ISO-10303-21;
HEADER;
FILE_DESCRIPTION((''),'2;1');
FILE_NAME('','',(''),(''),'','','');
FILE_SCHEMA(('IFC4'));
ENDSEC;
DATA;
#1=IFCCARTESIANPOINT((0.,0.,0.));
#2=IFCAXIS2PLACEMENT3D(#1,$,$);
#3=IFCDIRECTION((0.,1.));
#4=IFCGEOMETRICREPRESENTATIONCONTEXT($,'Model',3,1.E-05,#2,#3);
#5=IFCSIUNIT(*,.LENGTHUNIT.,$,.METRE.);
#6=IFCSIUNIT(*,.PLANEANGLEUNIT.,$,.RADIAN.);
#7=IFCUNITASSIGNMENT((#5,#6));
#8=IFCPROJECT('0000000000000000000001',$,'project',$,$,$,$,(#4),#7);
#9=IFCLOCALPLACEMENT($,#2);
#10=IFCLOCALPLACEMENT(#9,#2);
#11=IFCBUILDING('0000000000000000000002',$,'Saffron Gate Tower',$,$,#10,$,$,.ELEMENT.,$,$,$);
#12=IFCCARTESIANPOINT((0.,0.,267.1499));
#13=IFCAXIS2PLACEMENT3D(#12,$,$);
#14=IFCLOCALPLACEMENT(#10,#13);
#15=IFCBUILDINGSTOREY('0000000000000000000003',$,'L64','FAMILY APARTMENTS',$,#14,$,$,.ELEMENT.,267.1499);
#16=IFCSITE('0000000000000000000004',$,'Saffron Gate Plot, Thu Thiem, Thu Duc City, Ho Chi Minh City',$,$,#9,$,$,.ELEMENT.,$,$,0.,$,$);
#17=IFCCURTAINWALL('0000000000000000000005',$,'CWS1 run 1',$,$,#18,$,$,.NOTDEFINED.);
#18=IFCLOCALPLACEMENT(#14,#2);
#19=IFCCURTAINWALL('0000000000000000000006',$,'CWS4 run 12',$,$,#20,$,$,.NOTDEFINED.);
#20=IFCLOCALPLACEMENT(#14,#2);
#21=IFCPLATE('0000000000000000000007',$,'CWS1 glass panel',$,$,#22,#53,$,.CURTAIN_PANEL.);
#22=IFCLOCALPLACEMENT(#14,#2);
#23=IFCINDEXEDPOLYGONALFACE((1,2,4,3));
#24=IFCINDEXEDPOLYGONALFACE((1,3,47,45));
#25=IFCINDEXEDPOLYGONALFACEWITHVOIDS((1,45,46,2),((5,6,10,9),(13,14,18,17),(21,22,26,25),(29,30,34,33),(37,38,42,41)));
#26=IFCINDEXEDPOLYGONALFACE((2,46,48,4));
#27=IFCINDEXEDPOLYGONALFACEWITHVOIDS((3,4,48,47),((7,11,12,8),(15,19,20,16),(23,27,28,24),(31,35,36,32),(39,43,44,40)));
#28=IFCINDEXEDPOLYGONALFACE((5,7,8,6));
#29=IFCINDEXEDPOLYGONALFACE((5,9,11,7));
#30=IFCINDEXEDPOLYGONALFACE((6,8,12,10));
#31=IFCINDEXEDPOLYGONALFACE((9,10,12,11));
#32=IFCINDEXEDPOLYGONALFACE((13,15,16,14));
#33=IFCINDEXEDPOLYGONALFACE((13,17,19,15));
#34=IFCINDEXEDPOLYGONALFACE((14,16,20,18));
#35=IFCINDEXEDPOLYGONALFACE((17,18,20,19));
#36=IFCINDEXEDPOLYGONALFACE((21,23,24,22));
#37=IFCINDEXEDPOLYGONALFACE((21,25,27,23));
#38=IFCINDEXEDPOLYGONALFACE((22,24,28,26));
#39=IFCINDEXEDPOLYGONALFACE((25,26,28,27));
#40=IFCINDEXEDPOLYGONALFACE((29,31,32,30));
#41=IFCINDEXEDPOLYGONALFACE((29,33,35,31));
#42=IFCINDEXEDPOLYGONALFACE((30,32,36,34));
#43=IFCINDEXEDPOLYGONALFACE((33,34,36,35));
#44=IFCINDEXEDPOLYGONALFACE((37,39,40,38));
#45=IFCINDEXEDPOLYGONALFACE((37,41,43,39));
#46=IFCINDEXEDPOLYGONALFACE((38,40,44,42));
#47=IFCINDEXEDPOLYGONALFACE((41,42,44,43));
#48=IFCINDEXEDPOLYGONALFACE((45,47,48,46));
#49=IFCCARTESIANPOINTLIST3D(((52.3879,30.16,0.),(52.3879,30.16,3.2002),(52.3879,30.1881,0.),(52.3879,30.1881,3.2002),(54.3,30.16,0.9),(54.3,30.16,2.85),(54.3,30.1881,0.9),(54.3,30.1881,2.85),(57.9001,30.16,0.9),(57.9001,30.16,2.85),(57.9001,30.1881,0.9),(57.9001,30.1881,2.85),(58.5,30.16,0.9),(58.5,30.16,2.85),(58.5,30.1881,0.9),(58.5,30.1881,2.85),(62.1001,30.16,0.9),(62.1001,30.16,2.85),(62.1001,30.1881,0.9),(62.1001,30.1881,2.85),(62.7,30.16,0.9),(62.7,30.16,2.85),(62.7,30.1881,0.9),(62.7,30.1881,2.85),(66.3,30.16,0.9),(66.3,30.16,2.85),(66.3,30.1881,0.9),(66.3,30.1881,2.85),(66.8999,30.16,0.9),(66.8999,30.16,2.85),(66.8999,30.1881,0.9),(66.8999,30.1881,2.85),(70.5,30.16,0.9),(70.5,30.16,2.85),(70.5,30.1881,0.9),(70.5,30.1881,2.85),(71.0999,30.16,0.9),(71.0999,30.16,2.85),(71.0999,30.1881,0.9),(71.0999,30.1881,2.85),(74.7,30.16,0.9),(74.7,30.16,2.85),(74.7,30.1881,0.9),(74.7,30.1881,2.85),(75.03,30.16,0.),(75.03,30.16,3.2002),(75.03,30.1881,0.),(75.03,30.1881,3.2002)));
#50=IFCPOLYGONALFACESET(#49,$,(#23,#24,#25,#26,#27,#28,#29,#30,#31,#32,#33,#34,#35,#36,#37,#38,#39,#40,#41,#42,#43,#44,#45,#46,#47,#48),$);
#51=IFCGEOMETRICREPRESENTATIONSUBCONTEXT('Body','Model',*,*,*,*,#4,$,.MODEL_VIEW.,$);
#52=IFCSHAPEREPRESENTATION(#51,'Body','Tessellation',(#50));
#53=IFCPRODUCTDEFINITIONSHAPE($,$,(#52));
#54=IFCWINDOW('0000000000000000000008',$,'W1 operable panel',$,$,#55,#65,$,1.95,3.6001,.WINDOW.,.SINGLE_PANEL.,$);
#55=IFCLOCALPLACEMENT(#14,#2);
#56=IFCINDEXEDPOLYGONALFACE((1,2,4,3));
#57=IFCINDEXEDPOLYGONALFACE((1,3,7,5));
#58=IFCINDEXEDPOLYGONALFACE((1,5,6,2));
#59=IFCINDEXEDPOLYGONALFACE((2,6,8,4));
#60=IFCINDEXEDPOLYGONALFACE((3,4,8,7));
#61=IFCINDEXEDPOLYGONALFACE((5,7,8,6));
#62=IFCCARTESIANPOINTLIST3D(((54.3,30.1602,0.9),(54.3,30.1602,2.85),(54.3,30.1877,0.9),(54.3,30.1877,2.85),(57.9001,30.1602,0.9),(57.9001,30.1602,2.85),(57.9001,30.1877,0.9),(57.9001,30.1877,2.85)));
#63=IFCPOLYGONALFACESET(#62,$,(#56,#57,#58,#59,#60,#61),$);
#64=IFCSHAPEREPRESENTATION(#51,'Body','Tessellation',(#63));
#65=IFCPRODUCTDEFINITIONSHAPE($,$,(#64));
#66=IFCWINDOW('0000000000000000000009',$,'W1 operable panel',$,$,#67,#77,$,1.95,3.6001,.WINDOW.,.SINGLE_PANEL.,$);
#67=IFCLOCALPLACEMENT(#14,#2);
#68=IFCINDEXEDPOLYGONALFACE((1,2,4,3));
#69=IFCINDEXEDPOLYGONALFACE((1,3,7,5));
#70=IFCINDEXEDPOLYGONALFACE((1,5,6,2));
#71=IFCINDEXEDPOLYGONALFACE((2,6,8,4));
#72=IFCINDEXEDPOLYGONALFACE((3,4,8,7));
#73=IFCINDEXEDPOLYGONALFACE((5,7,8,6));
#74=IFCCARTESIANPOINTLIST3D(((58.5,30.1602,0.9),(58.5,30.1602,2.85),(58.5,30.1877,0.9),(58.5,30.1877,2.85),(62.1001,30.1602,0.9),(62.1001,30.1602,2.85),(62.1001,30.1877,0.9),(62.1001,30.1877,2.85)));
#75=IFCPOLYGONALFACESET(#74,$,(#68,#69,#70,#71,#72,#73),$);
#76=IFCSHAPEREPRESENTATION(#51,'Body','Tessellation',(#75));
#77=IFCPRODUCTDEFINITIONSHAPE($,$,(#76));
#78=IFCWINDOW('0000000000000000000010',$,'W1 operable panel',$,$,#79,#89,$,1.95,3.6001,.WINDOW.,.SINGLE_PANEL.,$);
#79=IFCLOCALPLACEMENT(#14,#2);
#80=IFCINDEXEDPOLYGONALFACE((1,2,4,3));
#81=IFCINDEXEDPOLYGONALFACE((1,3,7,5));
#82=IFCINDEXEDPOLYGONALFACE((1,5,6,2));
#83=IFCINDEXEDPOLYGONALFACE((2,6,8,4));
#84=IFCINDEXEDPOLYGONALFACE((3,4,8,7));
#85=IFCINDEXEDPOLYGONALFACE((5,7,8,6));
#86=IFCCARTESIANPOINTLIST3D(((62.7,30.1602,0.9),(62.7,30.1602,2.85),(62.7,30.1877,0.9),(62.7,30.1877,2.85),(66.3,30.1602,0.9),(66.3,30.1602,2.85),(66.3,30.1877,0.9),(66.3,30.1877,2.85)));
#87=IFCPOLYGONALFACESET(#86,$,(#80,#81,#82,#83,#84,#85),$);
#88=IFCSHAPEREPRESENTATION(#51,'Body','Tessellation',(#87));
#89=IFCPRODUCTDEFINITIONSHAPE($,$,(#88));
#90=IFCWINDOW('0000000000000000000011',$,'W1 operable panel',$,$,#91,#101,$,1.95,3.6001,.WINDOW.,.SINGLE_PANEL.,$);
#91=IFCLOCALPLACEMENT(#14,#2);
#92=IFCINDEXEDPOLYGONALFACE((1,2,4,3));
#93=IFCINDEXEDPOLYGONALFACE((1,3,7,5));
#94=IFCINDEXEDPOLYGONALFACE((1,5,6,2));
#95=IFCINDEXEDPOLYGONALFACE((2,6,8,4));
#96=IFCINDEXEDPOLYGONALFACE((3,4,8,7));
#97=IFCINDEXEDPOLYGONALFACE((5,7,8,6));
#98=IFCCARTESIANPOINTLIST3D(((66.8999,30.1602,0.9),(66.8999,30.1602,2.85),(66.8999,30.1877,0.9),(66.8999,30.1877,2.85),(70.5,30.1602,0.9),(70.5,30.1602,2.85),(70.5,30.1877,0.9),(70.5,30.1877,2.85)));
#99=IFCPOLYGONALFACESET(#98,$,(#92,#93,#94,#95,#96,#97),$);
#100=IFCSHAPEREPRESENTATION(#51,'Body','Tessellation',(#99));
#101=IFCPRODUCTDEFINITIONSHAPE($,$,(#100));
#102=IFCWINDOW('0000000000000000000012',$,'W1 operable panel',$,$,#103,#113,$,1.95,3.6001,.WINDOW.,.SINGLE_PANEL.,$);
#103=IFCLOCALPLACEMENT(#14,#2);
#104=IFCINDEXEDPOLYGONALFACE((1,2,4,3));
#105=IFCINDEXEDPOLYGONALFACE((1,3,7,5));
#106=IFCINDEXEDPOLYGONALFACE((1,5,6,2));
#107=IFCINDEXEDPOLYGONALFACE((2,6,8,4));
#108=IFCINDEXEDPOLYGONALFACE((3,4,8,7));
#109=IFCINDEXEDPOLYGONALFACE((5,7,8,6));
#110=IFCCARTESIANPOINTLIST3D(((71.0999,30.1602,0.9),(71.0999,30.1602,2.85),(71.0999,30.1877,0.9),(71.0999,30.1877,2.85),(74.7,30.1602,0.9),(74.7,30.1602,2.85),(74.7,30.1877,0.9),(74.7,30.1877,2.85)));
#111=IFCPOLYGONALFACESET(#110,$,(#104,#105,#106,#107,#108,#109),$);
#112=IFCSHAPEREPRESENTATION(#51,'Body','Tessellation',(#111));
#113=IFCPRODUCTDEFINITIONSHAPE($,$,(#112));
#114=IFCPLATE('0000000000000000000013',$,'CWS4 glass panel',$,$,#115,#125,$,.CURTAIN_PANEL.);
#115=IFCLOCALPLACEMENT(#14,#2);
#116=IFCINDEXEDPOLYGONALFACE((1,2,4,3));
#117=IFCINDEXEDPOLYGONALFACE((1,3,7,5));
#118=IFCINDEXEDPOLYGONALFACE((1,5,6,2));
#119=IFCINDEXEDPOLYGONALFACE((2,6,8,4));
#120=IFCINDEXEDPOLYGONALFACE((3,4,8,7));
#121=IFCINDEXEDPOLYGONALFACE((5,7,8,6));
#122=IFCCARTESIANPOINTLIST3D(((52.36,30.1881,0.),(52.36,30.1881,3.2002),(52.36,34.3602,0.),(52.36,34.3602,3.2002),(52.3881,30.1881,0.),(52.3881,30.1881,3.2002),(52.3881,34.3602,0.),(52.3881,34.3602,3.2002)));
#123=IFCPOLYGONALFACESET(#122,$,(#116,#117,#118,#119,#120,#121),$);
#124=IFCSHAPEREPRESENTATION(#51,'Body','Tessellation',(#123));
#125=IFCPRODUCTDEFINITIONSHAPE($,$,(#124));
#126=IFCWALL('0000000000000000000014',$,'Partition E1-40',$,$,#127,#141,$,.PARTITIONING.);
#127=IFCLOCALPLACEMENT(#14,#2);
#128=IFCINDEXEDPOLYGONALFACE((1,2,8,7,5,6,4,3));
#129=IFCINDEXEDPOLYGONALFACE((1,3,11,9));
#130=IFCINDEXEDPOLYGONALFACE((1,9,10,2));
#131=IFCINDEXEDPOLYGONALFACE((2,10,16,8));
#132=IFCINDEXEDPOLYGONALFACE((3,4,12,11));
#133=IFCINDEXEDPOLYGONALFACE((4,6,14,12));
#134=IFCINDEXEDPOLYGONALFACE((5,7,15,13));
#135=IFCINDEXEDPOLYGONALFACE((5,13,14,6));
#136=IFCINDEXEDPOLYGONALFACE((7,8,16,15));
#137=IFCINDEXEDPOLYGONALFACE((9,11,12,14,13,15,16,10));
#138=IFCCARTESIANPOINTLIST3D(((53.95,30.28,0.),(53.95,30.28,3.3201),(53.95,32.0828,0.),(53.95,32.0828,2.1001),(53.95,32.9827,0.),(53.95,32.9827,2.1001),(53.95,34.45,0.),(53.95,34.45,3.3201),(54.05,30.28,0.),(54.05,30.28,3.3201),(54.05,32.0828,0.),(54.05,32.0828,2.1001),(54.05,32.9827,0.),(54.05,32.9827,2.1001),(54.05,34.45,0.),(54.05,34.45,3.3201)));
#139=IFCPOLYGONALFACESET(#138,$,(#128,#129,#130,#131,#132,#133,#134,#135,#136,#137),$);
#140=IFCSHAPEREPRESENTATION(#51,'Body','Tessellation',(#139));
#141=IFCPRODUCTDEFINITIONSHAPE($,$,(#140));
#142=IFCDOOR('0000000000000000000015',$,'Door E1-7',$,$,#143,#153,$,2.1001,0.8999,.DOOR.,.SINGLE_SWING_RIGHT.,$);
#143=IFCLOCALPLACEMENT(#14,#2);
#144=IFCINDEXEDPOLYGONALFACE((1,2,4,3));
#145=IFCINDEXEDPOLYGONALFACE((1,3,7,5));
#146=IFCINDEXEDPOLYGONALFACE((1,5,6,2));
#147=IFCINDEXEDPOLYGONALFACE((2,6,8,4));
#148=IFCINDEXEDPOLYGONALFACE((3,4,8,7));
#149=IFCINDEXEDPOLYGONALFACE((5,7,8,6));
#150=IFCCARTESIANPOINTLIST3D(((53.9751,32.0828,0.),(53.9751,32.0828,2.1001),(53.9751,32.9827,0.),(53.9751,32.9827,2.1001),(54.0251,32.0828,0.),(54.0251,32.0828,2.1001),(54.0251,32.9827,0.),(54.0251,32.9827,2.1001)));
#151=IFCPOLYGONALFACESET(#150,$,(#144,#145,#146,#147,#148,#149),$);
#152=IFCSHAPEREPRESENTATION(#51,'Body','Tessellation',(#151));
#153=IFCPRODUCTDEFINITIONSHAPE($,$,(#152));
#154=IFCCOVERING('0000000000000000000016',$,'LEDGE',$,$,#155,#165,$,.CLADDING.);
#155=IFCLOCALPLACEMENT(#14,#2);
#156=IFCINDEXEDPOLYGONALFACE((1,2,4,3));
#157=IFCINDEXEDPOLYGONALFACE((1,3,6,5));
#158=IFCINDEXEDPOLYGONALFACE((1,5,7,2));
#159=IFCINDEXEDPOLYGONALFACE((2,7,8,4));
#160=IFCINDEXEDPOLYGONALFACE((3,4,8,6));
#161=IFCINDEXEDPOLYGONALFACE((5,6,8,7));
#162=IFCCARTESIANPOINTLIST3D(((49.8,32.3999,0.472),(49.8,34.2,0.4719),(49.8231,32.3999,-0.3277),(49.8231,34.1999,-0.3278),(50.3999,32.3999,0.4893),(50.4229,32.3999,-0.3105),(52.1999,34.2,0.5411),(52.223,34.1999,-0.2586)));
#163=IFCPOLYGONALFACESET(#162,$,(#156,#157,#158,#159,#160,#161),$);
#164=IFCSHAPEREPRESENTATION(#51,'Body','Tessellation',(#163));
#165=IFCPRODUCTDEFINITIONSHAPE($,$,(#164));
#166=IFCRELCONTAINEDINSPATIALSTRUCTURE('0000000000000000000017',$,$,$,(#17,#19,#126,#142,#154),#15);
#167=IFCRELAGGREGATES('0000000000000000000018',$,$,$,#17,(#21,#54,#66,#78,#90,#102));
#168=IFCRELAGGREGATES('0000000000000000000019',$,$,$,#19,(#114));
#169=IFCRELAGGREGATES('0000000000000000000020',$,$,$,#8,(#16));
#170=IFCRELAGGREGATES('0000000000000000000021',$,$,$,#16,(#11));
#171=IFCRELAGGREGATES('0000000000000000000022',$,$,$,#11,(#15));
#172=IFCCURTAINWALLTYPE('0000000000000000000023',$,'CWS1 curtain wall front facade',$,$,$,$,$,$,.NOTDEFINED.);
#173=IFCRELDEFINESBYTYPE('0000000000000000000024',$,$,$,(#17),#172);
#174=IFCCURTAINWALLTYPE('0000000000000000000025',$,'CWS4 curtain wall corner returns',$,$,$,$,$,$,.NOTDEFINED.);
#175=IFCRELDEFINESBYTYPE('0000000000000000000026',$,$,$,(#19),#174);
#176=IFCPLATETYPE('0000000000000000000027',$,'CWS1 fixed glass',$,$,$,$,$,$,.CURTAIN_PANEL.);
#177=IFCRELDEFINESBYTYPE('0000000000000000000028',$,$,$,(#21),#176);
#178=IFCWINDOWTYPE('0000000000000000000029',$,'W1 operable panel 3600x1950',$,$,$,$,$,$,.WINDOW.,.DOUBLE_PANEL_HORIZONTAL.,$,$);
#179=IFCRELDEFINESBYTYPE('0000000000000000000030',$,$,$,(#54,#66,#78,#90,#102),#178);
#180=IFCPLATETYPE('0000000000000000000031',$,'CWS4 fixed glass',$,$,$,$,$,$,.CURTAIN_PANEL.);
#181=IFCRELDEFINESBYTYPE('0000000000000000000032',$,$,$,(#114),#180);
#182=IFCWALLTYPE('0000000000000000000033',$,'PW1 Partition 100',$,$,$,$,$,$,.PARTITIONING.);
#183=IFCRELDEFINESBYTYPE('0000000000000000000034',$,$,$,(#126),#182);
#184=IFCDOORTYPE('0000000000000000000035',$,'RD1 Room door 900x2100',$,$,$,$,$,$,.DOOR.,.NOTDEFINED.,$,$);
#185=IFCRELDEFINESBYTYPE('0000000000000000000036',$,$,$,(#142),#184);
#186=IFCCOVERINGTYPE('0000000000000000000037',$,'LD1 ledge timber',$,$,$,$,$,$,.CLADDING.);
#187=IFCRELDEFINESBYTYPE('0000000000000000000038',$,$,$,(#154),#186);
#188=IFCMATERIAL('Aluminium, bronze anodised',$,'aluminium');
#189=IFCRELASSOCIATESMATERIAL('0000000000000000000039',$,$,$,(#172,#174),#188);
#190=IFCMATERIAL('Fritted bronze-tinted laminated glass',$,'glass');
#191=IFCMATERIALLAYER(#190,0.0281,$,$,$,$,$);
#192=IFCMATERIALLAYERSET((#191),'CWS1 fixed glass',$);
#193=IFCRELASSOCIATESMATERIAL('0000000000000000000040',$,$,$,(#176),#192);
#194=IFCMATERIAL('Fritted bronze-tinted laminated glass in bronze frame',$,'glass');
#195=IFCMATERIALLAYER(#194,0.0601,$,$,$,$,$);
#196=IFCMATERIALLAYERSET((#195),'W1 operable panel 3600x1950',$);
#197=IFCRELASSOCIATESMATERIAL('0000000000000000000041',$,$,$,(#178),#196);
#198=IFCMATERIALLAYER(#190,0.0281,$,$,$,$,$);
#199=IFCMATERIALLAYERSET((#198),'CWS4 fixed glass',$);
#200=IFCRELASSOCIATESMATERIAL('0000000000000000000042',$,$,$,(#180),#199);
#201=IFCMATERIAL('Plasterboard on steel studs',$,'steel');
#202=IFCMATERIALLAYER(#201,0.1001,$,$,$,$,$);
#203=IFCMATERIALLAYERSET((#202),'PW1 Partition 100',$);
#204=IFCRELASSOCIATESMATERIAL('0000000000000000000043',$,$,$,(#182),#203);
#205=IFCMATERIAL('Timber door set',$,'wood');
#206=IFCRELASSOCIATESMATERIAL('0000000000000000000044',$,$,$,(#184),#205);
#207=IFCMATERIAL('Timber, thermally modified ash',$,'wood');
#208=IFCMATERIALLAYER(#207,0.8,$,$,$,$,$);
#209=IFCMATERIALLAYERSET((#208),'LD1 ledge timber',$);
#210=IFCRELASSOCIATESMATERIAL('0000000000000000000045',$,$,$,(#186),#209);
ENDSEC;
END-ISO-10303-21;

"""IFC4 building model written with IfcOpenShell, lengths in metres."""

from ifc_helpers import new_model, si_unit, direction, frame, frame_2d, origin, place, context, subcontext, project, spatial, polyline, rectangle, outline, extrude, material, layer, layer_set, type_object, element, fill, aggregate, save


model = new_model("IFC4")

# Units and contexts
model_context = context("Model", 3, precision=1e-05, world=origin(), true_north=direction((0.0, 1.0)))
body_context = subcontext(model_context, "Body", "Model", "MODEL_VIEW")
ifc_project = project(units=[si_unit("LENGTHUNIT", "METRE"), si_unit("PLANEANGLEUNIT", "RADIAN")], contexts=[model_context])

# Site, building, storey
site_placement = place(None, origin())
site = spatial("IfcSite", under=ifc_project, at=site_placement, Name="Saffron Gate Plot, Thu Thiem, Thu Duc City, Ho Chi Minh City", CompositionType="ELEMENT", RefElevation=0.0)
building_placement = place(site_placement, origin())
building = spatial("IfcBuilding", under=site, at=building_placement, Name="Saffron Gate Tower", CompositionType="ELEMENT")
storey_placement = place(building_placement, frame((0.0, 0.0, 267.1499)))
storey = spatial("IfcBuildingStorey", under=building, at=storey_placement, Name="L64", Description="FAMILY APARTMENTS", CompositionType="ELEMENT", Elevation=267.1499)

# Curtain wall
ifc_material_1 = material(Name="Aluminium, bronze anodised", Category="aluminium")
curtain_wall_type_1 = type_object("IfcCurtainWallType", Name="CWS1 curtain wall front facade", PredefinedType="NOTDEFINED", material=ifc_material_1)
curtain_wall_1_placement = place(storey_placement, origin())
curtain_wall_1 = element("IfcCurtainWall", 1, at=curtain_wall_1_placement, inside=storey, type_object=curtain_wall_type_1, Name="CWS1 run 1", PredefinedType="NOTDEFINED")

# Curtain wall
curtain_wall_type_2 = type_object("IfcCurtainWallType", Name="CWS4 curtain wall corner returns", PredefinedType="NOTDEFINED", material=ifc_material_1)
curtain_wall_2_placement = place(storey_placement, origin())
curtain_wall_2 = element("IfcCurtainWall", 2, at=curtain_wall_2_placement, inside=storey, type_object=curtain_wall_type_2, Name="CWS4 run 12", PredefinedType="NOTDEFINED")

# Plate, openings, windows
ifc_material_2 = material(Name="Fritted bronze-tinted laminated glass", Category="glass")
ifc_layer_1 = layer(ifc_material_2, 0.0281)
ifc_layer_set_1 = layer_set([ifc_layer_1], Name="CWS1 fixed glass")
plate_type_1 = type_object("IfcPlateType", Name="CWS1 fixed glass", PredefinedType="CURTAIN_PANEL", material=ifc_layer_set_1)
plate_1_placement = place(storey_placement, frame((52.3879, 30.1741, 0.0), z_axis=(0.0, 0.0, 1.0), x_axis=(1.0, 0.0, 0.0)))
plate_1 = element("IfcPlate", 3, at=plate_1_placement, type_object=plate_type_1, Name="CWS1 glass panel", PredefinedType="CURTAIN_PANEL", context=body_context, shape_type="SweptSolid", body=[
    extrude(rectangle(XDim=22.6421, YDim=0.0281, at=frame_2d((11.321, 0.0))), origin(), (0.0, 0.0, 1.0), 3.2002),
])
opening_1_placement = place(plate_1_placement, frame((1.9121, 0.0, 0.8999)))
opening_1 = element("IfcOpeningElement", 4, at=opening_1_placement, cuts=plate_1, PredefinedType="OPENING", context=body_context, shape_type="SweptSolid", body=[
    extrude(rectangle(XDim=3.6001, YDim=1.95, at=frame_2d((1.8, 0.9751))), frame((0.0, 0.0239, 0.0), z_axis=(0.0, -1.0, 0.0), x_axis=(1.0, 0.0, 0.0)), (0.0, 0.0, 1.0), 0.0481),
])
opening_2_placement = place(plate_1_placement, frame((6.1121, 0.0, 0.8999)))
opening_2 = element("IfcOpeningElement", 5, at=opening_2_placement, cuts=plate_1, PredefinedType="OPENING", context=body_context, shape_type="SweptSolid", body=[
    extrude(rectangle(XDim=3.6001, YDim=1.95, at=frame_2d((1.8, 0.9751))), frame((0.0, 0.0239, 0.0), z_axis=(0.0, -1.0, 0.0), x_axis=(1.0, 0.0, 0.0)), (0.0, 0.0, 1.0), 0.0481),
])
opening_3_placement = place(plate_1_placement, frame((10.312, 0.0, 0.8999)))
opening_3 = element("IfcOpeningElement", 6, at=opening_3_placement, cuts=plate_1, PredefinedType="OPENING", context=body_context, shape_type="SweptSolid", body=[
    extrude(rectangle(XDim=3.6001, YDim=1.95, at=frame_2d((1.8, 0.9751))), frame((0.0, 0.0239, 0.0), z_axis=(0.0, -1.0, 0.0), x_axis=(1.0, 0.0, 0.0)), (0.0, 0.0, 1.0), 0.0481),
])
opening_4_placement = place(plate_1_placement, frame((14.512, 0.0, 0.8999)))
opening_4 = element("IfcOpeningElement", 7, at=opening_4_placement, cuts=plate_1, PredefinedType="OPENING", context=body_context, shape_type="SweptSolid", body=[
    extrude(rectangle(XDim=3.6001, YDim=1.95, at=frame_2d((1.8, 0.9751))), frame((0.0, 0.0239, 0.0), z_axis=(0.0, -1.0, 0.0), x_axis=(1.0, 0.0, 0.0)), (0.0, 0.0, 1.0), 0.0481),
])
opening_5_placement = place(plate_1_placement, frame((18.7119, 0.0, 0.8999)))
opening_5 = element("IfcOpeningElement", 8, at=opening_5_placement, cuts=plate_1, PredefinedType="OPENING", context=body_context, shape_type="SweptSolid", body=[
    extrude(rectangle(XDim=3.6001, YDim=1.95, at=frame_2d((1.8, 0.9751))), frame((0.0, 0.0239, 0.0), z_axis=(0.0, -1.0, 0.0), x_axis=(1.0, 0.0, 0.0)), (0.0, 0.0, 1.0), 0.0481),
])
ifc_material_3 = material(Name="Fritted bronze-tinted laminated glass in bronze frame", Category="glass")
ifc_layer_2 = layer(ifc_material_3, 0.0601)
ifc_layer_set_2 = layer_set([ifc_layer_2], Name="W1 operable panel 3600x1950")
window_type = type_object("IfcWindowType", Name="W1 operable panel 3600x1950", PartitioningType="DOUBLE_PANEL_HORIZONTAL", PredefinedType="WINDOW", material=ifc_layer_set_2)
window_1_placement = place(opening_1_placement, origin())
window_1 = element("IfcWindow", 9, at=window_1_placement, type_object=window_type, Name="W1 operable panel", OverallHeight=1.95, OverallWidth=3.6001, PartitioningType="SINGLE_PANEL", PredefinedType="WINDOW", context=body_context, shape_type="SweptSolid", body=[
    extrude(rectangle(XDim=3.6001, YDim=1.95, at=frame_2d((1.8, 0.9751))), frame((0.0, 0.0137, 0.0), z_axis=(0.0, -1.0, 0.0), x_axis=(1.0, 0.0, 0.0)), (0.0, 0.0, 1.0), 0.0276),
])
fill(opening_1, window_1)
window_2_placement = place(opening_2_placement, origin())
window_2 = element("IfcWindow", 10, at=window_2_placement, type_object=window_type, Name="W1 operable panel", OverallHeight=1.95, OverallWidth=3.6001, PartitioningType="SINGLE_PANEL", PredefinedType="WINDOW", context=body_context, shape_type="SweptSolid", body=[
    extrude(rectangle(XDim=3.6001, YDim=1.95, at=frame_2d((1.8, 0.9751))), frame((0.0, 0.0137, 0.0), z_axis=(0.0, -1.0, 0.0), x_axis=(1.0, 0.0, 0.0)), (0.0, 0.0, 1.0), 0.0276),
])
fill(opening_2, window_2)
window_3_placement = place(opening_3_placement, origin())
window_3 = element("IfcWindow", 11, at=window_3_placement, type_object=window_type, Name="W1 operable panel", OverallHeight=1.95, OverallWidth=3.6001, PartitioningType="SINGLE_PANEL", PredefinedType="WINDOW", context=body_context, shape_type="SweptSolid", body=[
    extrude(rectangle(XDim=3.6001, YDim=1.95, at=frame_2d((1.8, 0.9751))), frame((0.0, 0.0137, 0.0), z_axis=(0.0, -1.0, 0.0), x_axis=(1.0, 0.0, 0.0)), (0.0, 0.0, 1.0), 0.0276),
])
fill(opening_3, window_3)
window_4_placement = place(opening_4_placement, origin())
window_4 = element("IfcWindow", 12, at=window_4_placement, type_object=window_type, Name="W1 operable panel", OverallHeight=1.95, OverallWidth=3.6001, PartitioningType="SINGLE_PANEL", PredefinedType="WINDOW", context=body_context, shape_type="SweptSolid", body=[
    extrude(rectangle(XDim=3.6001, YDim=1.95, at=frame_2d((1.8, 0.9751))), frame((0.0, 0.0137, 0.0), z_axis=(0.0, -1.0, 0.0), x_axis=(1.0, 0.0, 0.0)), (0.0, 0.0, 1.0), 0.0276),
])
fill(opening_4, window_4)
window_5_placement = place(opening_5_placement, origin())
window_5 = element("IfcWindow", 13, at=window_5_placement, type_object=window_type, Name="W1 operable panel", OverallHeight=1.95, OverallWidth=3.6001, PartitioningType="SINGLE_PANEL", PredefinedType="WINDOW", context=body_context, shape_type="SweptSolid", body=[
    extrude(rectangle(XDim=3.6001, YDim=1.95, at=frame_2d((1.8, 0.9751))), frame((0.0, 0.0137, 0.0), z_axis=(0.0, -1.0, 0.0), x_axis=(1.0, 0.0, 0.0)), (0.0, 0.0, 1.0), 0.0276),
])
fill(opening_5, window_5)
aggregate(curtain_wall_1, [plate_1, window_1, window_2, window_3, window_4, window_5])

# Plate
ifc_layer_3 = layer(ifc_material_2, 0.0281)
ifc_layer_set_3 = layer_set([ifc_layer_3], Name="CWS4 fixed glass")
plate_type_2 = type_object("IfcPlateType", Name="CWS4 fixed glass", PredefinedType="CURTAIN_PANEL", material=ifc_layer_set_3)
plate_2_placement = place(storey_placement, frame((52.374, 34.3601, 0.0), z_axis=(0.0, 0.0, 1.0), x_axis=(0.0, -1.0, 0.0)))
plate_2 = element("IfcPlate", 14, at=plate_2_placement, type_object=plate_type_2, Name="CWS4 glass panel", PredefinedType="CURTAIN_PANEL", context=body_context, shape_type="SweptSolid", body=[
    extrude(rectangle(XDim=4.1721, YDim=0.0281, at=frame_2d((2.0859, 0.0))), origin(), (0.0, 0.0, 1.0), 3.2002),
])
aggregate(curtain_wall_2, [plate_2])

# Wall, opening, door
ifc_material_4 = material(Name="Plasterboard on steel studs", Category="steel")
ifc_layer_4 = layer(ifc_material_4, 0.1001)
ifc_layer_set_4 = layer_set([ifc_layer_4], Name="PW1 Partition 100")
wall_type = type_object("IfcWallType", Name="PW1 Partition 100", PredefinedType="PARTITIONING", material=ifc_layer_set_4)
wall_placement = place(storey_placement, frame((54.0, 30.28, 0.0), z_axis=(0.0, 0.0, 1.0), x_axis=(0.0, 1.0, 0.0)))
wall = element("IfcWall", 15, at=wall_placement, inside=storey, type_object=wall_type, Name="Partition E1-40", PredefinedType="PARTITIONING", context=body_context, shape_type="SweptSolid", body=[
    extrude(rectangle(XDim=4.1699, YDim=0.1001, at=frame_2d((2.085, 0.0))), origin(), (0.0, 0.0, 1.0), 3.3201),
])
opening_6_placement = place(wall_placement, frame((1.8027, 0.0, 0.0)))
opening_6 = element("IfcOpeningElement", 16, at=opening_6_placement, cuts=wall, PredefinedType="OPENING", context=body_context, shape_type="SweptSolid", body=[
    extrude(rectangle(XDim=0.8999, YDim=2.1001, at=frame_2d((0.45, 1.05))), frame((0.0, 0.0601, 0.0), z_axis=(0.0, -1.0, 0.0), x_axis=(1.0, 0.0, 0.0)), (0.0, 0.0, 1.0), 0.1201),
])
ifc_material_5 = material(Name="Timber door set", Category="wood")
door_type = type_object("IfcDoorType", Name="RD1 Room door 900x2100", OperationType="NOTDEFINED", PredefinedType="DOOR", material=ifc_material_5)
door_placement = place(opening_6_placement, origin())
door = element("IfcDoor", 17, at=door_placement, inside=storey, type_object=door_type, Name="Door E1-7", OperationType="SINGLE_SWING_RIGHT", OverallHeight=2.1001, OverallWidth=0.8999, PredefinedType="DOOR", context=body_context, shape_type="SweptSolid", body=[
    extrude(rectangle(XDim=0.8999, YDim=2.1001, at=frame_2d((0.45, 1.05))), frame((0.0, 0.0249, 0.0), z_axis=(0.0, -1.0, 0.0), x_axis=(1.0, 0.0, 0.0)), (0.0, 0.0, 1.0), 0.05),
])
fill(opening_6, door)

# Covering
ifc_material_6 = material(Name="Timber, thermally modified ash", Category="wood")
ifc_layer_5 = layer(ifc_material_6, 0.8)
ifc_layer_set_5 = layer_set([ifc_layer_5], Name="LD1 ledge timber")
covering_type_1 = type_object("IfcCoveringType", Name="LD1 ledge timber", PredefinedType="CLADDING", material=ifc_layer_set_5)
covering_1_placement = place(storey_placement, frame((49.8, 34.2, 0.4719), z_axis=(-0.028799, 0.000029, 0.999585), x_axis=(0.999585, 0.0, 0.028799)))
element("IfcCovering", 18, at=covering_1_placement, inside=storey, type_object=covering_type_1, Name="LEDGE", PredefinedType="CLADDING", context=body_context, shape_type="SweptSolid", body=[
    extrude(outline(polyline([(0.0, 0.0), (2.4009, 0.0), (0.6001, -1.8), (0.0, -1.8), (0.0, 0.0)])), origin(), (0.0, 0.0, -1.0), 0.8),
])

save(model, "model.ifc")
